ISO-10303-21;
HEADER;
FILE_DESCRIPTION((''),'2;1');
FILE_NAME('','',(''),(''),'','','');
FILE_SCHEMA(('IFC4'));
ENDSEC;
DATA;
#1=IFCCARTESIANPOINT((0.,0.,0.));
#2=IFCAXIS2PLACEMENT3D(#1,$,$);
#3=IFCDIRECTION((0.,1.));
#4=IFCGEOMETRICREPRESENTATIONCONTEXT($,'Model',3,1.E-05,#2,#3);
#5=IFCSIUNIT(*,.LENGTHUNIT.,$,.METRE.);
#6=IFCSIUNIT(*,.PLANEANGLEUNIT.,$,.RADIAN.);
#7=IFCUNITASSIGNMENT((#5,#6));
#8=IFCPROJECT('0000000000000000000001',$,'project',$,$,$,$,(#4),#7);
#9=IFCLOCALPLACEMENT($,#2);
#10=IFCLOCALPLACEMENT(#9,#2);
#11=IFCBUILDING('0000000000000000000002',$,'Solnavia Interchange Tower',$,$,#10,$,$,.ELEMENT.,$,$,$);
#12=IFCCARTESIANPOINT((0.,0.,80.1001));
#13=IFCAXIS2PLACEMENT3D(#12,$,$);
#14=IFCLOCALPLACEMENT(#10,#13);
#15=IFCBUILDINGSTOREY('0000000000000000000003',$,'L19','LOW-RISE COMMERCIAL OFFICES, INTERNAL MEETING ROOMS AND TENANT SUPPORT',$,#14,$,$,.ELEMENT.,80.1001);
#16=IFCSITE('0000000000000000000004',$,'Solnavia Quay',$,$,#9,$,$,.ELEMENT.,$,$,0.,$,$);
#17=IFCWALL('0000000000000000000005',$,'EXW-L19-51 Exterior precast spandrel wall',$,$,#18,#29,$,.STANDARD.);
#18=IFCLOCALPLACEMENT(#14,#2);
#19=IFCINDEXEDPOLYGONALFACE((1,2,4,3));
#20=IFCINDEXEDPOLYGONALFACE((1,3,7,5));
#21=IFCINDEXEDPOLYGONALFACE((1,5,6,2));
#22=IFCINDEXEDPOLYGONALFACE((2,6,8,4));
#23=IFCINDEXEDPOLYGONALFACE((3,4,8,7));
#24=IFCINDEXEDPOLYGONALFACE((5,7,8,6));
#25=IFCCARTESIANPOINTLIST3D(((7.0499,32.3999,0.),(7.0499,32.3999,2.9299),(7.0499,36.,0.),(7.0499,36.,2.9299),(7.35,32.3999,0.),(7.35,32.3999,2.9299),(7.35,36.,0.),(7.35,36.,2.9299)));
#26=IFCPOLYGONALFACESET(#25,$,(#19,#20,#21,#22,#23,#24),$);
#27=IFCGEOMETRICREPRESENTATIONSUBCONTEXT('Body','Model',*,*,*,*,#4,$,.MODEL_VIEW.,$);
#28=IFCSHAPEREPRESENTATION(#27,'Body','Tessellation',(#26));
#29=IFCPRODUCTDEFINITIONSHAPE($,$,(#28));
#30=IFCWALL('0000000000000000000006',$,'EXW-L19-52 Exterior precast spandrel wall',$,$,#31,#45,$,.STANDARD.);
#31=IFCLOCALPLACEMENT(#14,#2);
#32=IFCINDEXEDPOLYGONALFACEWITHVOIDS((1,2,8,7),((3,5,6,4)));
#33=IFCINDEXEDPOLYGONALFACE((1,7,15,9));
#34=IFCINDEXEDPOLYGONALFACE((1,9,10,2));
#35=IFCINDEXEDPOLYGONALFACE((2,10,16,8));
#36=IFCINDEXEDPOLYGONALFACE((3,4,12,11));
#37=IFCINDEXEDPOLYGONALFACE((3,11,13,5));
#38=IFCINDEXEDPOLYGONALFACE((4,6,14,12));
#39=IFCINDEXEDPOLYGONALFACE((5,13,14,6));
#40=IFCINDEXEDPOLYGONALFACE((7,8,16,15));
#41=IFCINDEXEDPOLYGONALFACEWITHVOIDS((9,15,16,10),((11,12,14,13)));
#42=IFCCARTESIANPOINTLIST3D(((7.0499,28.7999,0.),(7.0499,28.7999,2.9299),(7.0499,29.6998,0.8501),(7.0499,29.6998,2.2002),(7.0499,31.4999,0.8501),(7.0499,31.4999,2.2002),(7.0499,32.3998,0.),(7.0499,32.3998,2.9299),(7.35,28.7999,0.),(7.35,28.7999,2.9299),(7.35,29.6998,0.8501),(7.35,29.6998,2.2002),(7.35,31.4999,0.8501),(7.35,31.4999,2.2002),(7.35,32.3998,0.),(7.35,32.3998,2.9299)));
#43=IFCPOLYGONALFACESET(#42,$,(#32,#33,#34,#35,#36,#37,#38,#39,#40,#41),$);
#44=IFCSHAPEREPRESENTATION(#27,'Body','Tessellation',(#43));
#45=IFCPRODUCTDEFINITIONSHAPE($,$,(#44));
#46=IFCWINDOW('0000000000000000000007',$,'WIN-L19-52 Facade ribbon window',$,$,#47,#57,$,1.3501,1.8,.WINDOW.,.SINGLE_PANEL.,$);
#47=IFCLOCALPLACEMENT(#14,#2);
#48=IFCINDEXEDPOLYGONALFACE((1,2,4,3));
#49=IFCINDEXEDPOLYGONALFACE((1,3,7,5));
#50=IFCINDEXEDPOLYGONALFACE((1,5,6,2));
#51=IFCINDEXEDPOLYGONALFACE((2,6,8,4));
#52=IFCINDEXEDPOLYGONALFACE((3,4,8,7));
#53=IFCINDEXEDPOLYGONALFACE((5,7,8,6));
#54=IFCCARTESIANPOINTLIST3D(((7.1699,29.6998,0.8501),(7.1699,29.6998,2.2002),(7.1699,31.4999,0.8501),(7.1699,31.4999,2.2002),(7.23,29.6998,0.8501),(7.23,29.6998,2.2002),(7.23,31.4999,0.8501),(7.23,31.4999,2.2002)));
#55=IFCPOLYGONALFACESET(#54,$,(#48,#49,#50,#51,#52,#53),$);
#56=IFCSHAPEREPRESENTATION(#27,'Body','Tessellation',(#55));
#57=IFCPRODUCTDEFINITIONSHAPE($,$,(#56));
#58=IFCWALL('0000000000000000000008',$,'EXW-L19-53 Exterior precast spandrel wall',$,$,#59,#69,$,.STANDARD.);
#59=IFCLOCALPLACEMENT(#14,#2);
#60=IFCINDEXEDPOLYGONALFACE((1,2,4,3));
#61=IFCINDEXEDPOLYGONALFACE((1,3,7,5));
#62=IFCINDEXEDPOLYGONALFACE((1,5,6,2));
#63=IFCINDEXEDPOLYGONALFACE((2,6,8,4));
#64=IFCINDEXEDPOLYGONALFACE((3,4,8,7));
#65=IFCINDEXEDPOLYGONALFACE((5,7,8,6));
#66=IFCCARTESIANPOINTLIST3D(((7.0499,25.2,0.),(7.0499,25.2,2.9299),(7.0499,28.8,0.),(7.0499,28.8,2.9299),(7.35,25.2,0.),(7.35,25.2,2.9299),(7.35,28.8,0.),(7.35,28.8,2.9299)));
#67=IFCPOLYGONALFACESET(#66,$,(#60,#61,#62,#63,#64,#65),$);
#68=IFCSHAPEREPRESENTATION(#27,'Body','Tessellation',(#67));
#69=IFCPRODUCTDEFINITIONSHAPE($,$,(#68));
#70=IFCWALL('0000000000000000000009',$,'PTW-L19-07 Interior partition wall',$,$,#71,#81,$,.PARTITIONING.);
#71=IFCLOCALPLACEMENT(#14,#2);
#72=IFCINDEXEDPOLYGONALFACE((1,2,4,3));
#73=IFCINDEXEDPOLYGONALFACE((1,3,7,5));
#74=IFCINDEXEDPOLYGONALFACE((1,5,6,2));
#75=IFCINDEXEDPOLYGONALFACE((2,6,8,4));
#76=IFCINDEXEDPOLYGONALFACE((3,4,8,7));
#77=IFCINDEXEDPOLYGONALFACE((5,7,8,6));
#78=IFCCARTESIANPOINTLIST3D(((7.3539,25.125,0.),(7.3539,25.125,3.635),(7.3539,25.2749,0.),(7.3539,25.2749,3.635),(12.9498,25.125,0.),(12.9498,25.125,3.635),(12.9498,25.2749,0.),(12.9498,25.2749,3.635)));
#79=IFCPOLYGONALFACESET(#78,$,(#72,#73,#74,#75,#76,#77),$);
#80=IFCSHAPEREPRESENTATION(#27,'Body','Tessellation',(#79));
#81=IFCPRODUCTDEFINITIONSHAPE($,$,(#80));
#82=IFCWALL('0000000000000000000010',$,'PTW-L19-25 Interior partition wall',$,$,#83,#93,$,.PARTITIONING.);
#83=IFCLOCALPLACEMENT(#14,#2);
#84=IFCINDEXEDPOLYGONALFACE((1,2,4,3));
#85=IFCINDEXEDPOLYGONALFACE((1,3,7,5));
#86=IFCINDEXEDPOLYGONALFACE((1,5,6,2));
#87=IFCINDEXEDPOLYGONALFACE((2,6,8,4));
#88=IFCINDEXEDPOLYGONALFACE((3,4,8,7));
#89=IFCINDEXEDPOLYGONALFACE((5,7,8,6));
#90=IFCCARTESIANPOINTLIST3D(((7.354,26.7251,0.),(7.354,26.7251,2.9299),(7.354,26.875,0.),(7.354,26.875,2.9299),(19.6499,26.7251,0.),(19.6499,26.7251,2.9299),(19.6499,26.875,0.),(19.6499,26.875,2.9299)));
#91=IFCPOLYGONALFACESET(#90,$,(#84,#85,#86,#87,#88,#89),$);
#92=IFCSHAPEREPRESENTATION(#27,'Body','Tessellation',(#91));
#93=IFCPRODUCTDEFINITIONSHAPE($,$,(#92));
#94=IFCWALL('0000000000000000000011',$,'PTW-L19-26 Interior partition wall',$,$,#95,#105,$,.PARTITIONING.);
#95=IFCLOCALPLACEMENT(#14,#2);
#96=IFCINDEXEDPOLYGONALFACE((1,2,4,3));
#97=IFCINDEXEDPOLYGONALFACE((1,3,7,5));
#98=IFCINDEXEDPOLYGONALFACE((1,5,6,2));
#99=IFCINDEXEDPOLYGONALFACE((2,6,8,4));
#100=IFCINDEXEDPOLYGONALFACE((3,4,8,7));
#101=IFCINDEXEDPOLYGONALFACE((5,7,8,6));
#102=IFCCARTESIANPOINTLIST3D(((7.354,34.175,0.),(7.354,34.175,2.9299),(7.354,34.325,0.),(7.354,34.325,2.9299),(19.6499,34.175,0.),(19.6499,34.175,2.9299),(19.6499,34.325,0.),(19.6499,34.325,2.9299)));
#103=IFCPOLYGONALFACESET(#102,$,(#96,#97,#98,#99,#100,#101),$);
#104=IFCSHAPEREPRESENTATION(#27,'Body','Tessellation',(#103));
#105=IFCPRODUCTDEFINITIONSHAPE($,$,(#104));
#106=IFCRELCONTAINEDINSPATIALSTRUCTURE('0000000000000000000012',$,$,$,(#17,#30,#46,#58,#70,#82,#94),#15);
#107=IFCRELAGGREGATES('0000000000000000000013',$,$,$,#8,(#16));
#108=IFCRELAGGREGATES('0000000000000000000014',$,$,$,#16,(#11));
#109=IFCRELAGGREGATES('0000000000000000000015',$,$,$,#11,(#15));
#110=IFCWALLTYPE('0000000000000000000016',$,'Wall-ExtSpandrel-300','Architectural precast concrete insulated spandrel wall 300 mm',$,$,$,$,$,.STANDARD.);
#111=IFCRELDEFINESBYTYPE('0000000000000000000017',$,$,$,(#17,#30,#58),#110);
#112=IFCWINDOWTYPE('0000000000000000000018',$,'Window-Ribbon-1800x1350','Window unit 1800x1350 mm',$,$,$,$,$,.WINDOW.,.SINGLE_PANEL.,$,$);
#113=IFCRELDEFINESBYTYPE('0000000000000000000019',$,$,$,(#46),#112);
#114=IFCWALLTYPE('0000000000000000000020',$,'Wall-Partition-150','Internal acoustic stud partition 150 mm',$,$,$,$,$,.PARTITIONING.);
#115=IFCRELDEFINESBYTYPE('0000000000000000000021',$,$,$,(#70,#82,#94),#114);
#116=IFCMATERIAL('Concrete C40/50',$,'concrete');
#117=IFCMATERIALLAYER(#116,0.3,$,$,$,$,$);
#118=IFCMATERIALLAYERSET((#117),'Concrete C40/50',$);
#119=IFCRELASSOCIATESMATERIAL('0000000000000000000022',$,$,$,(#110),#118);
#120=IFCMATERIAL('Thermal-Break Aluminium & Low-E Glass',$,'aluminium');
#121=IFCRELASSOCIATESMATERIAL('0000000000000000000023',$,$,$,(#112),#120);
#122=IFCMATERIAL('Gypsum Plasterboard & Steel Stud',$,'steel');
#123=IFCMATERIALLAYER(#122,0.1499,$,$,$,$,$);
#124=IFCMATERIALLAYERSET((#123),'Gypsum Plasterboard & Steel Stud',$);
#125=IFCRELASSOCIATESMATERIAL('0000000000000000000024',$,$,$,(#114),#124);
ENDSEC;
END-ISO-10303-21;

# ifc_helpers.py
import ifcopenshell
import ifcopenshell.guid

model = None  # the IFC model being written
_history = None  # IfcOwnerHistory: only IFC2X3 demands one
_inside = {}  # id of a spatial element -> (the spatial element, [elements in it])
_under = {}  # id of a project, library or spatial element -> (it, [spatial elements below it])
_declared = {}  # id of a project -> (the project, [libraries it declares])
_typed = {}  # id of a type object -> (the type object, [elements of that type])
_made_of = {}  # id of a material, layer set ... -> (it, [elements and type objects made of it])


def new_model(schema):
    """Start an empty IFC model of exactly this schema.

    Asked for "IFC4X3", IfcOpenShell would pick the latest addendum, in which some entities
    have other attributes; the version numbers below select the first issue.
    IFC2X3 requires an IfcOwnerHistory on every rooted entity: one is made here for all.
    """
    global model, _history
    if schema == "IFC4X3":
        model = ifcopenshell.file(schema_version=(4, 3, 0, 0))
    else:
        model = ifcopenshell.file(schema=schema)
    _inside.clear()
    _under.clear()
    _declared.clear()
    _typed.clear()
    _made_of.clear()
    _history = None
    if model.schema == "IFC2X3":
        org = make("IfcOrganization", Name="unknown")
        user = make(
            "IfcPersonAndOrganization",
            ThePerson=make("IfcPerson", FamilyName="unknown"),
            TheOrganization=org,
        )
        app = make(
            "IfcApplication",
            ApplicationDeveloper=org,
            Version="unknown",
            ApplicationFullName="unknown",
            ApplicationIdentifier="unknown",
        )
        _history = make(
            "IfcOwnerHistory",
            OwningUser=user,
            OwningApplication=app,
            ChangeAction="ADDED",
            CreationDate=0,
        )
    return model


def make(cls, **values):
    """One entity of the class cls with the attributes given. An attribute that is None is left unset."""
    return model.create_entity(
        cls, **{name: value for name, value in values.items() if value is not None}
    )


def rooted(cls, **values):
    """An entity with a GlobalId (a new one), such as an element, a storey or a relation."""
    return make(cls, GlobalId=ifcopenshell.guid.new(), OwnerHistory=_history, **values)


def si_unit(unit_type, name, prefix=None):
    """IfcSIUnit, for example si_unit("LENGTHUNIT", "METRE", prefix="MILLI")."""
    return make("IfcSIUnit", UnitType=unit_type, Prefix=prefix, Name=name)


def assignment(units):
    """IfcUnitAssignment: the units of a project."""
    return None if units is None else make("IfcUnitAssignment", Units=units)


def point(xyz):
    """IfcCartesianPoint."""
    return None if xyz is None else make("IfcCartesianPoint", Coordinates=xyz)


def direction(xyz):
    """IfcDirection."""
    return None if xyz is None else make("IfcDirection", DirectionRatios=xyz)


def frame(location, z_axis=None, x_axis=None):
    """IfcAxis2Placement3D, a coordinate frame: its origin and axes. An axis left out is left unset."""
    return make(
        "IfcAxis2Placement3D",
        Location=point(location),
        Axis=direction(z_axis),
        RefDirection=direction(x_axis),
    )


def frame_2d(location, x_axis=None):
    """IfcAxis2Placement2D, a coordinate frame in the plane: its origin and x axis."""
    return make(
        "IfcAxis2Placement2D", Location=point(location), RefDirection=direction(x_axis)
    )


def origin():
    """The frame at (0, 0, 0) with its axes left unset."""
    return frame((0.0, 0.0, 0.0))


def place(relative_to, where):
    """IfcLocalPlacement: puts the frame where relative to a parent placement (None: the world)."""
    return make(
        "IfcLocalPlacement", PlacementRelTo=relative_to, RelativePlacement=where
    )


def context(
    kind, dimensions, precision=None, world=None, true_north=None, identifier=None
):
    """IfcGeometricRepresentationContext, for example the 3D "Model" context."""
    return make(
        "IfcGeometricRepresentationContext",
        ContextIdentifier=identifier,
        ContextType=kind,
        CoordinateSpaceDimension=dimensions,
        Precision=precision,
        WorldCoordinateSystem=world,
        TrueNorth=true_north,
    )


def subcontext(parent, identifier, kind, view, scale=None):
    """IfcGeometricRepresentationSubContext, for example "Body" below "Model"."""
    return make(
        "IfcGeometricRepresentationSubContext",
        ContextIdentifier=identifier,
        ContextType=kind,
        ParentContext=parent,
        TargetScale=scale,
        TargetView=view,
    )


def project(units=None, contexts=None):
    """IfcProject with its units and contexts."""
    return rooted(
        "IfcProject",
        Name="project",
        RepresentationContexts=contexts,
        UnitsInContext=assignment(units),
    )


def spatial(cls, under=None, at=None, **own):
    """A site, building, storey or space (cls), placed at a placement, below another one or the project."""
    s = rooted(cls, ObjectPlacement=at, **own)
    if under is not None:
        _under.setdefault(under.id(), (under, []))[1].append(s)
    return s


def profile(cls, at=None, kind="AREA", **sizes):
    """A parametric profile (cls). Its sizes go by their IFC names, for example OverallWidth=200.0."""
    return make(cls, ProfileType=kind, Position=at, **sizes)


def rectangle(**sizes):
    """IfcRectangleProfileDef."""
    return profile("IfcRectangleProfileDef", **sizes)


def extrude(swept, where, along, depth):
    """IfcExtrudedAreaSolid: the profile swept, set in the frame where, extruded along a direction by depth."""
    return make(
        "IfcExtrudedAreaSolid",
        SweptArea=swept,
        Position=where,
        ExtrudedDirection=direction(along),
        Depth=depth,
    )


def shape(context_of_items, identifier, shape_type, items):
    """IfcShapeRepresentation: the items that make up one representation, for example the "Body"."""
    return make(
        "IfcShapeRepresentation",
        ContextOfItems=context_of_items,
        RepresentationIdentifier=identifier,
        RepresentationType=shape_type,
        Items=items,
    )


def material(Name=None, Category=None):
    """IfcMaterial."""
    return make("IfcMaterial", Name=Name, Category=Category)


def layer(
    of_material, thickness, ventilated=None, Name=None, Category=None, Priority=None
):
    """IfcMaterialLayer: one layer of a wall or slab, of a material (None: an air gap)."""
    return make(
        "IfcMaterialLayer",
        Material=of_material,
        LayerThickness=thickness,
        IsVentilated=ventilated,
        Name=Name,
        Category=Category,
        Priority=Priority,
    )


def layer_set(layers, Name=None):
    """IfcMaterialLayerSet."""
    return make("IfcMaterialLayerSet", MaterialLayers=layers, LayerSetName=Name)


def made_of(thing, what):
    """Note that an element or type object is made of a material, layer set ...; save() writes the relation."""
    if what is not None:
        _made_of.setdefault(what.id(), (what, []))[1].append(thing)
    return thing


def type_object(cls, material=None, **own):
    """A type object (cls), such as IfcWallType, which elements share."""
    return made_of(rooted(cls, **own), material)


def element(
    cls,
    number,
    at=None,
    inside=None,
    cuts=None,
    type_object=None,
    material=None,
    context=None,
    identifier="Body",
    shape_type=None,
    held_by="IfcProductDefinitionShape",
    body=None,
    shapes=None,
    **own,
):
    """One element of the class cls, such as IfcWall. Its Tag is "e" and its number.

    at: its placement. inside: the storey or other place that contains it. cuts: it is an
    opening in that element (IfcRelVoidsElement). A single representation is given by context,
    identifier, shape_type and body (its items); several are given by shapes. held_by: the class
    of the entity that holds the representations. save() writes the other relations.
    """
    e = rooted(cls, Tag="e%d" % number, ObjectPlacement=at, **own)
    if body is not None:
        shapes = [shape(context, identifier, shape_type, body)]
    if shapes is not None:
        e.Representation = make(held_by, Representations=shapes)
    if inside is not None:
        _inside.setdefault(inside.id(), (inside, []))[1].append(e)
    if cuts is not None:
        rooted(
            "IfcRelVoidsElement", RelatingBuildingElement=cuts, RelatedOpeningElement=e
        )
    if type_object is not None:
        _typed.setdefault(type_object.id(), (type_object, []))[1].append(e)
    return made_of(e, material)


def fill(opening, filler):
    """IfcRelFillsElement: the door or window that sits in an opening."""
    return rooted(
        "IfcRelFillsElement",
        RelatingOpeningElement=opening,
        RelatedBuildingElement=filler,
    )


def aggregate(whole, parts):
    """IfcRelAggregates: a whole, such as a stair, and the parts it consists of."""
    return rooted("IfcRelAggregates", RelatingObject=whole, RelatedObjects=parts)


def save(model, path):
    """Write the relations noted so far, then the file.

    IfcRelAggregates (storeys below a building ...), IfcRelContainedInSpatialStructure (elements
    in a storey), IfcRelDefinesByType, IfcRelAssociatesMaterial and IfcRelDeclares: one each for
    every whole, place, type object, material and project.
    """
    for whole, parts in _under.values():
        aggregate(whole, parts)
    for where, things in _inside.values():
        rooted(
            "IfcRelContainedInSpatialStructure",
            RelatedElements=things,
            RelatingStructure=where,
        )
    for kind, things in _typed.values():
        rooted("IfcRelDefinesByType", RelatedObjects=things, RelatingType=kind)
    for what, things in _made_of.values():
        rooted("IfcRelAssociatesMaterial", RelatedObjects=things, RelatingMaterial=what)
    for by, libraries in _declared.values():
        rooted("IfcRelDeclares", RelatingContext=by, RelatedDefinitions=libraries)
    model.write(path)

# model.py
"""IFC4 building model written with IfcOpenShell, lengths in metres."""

from ifc_helpers import new_model, si_unit, direction, frame, frame_2d, origin, place, context, subcontext, project, spatial, rectangle, extrude, material, layer, layer_set, type_object, element, fill, save


model = new_model("IFC4")

# Units and contexts
model_context = context("Model", 3, precision=1e-05, world=origin(), true_north=direction((0.0, 1.0)))
body_context = subcontext(model_context, "Body", "Model", "MODEL_VIEW")
ifc_project = project(units=[si_unit("LENGTHUNIT", "METRE"), si_unit("PLANEANGLEUNIT", "RADIAN")], contexts=[model_context])

# Site, building, storey
site_placement = place(None, origin())
site = spatial("IfcSite", under=ifc_project, at=site_placement, Name="Solnavia Quay", CompositionType="ELEMENT", RefElevation=0.0)
building_placement = place(site_placement, origin())
building = spatial("IfcBuilding", under=site, at=building_placement, Name="Solnavia Interchange Tower", CompositionType="ELEMENT")
storey_placement = place(building_placement, frame((0.0, 0.0, 80.1001)))
storey = spatial("IfcBuildingStorey", under=building, at=storey_placement, Name="L19", Description="LOW-RISE COMMERCIAL OFFICES, INTERNAL MEETING ROOMS AND TENANT SUPPORT", CompositionType="ELEMENT", Elevation=80.1001)

# Wall
ifc_material_1 = material(Name="Concrete C40/50", Category="concrete")
ifc_layer_1 = layer(ifc_material_1, 0.3)
ifc_layer_set_1 = layer_set([ifc_layer_1], Name="Concrete C40/50")
wall_type_1 = type_object("IfcWallType", Name="Wall-ExtSpandrel-300", Description="Architectural precast concrete insulated spandrel wall 300 mm", PredefinedType="STANDARD", material=ifc_layer_set_1)
wall_1_placement = place(storey_placement, frame((7.2, 32.3999, 0.0), z_axis=(0.0, 0.0, 1.0), x_axis=(0.0, 1.0, 0.0)))
element("IfcWall", 1, at=wall_1_placement, inside=storey, type_object=wall_type_1, Name="EXW-L19-51 Exterior precast spandrel wall", PredefinedType="STANDARD", context=body_context, shape_type="SweptSolid", body=[
    extrude(rectangle(XDim=3.6001, YDim=0.3, at=frame_2d((1.8, 0.0))), origin(), (0.0, 0.0, 1.0), 2.9299),
])

# Wall, opening, window
wall_2_placement = place(storey_placement, frame((7.2, 28.8, 0.0), z_axis=(0.0, 0.0, 1.0), x_axis=(0.0, 1.0, 0.0)))
wall_2 = element("IfcWall", 2, at=wall_2_placement, inside=storey, type_object=wall_type_1, Name="EXW-L19-52 Exterior precast spandrel wall", PredefinedType="STANDARD", context=body_context, shape_type="SweptSolid", body=[
    extrude(rectangle(XDim=3.5999, YDim=0.3, at=frame_2d((1.7998, 0.0))), origin(), (0.0, 0.0, 1.0), 2.9299),
])
opening_placement = place(wall_2_placement, frame((0.8999, 0.0, 0.8501)))
opening = element("IfcOpeningElement", 3, at=opening_placement, cuts=wall_2, PredefinedType="OPENING", context=body_context, shape_type="SweptSolid", body=[
    extrude(rectangle(XDim=1.8, YDim=1.3501, at=frame_2d((0.8999, 0.675))), frame((0.0, 0.1602, 0.0), z_axis=(0.0, -1.0, 0.0), x_axis=(1.0, 0.0, 0.0)), (0.0, 0.0, 1.0), 0.3201),
])
ifc_material_2 = material(Name="Thermal-Break Aluminium & Low-E Glass", Category="aluminium")
window_type = type_object("IfcWindowType", Name="Window-Ribbon-1800x1350", Description="Window unit 1800x1350 mm", PartitioningType="SINGLE_PANEL", PredefinedType="WINDOW", material=ifc_material_2)
window_placement = place(opening_placement, origin())
window = element("IfcWindow", 4, at=window_placement, inside=storey, type_object=window_type, Name="WIN-L19-52 Facade ribbon window", OverallHeight=1.3501, OverallWidth=1.8, PartitioningType="SINGLE_PANEL", PredefinedType="WINDOW", context=body_context, shape_type="SweptSolid", body=[
    extrude(rectangle(XDim=1.8, YDim=1.3501, at=frame_2d((0.8999, 0.675))), frame((0.0, 0.03, 0.0), z_axis=(0.0, -1.0, 0.0), x_axis=(1.0, 0.0, 0.0)), (0.0, 0.0, 1.0), 0.0601),
])
fill(opening, window)

# Walls
wall_3_placement = place(storey_placement, frame((7.2, 25.2, 0.0), z_axis=(0.0, 0.0, 1.0), x_axis=(0.0, 1.0, 0.0)))
element("IfcWall", 5, at=wall_3_placement, inside=storey, type_object=wall_type_1, Name="EXW-L19-53 Exterior precast spandrel wall", PredefinedType="STANDARD", context=body_context, shape_type="SweptSolid", body=[
    extrude(rectangle(XDim=3.6001, YDim=0.3, at=frame_2d((1.8, 0.0))), origin(), (0.0, 0.0, 1.0), 2.9299),
])
ifc_material_3 = material(Name="Gypsum Plasterboard & Steel Stud", Category="steel")
ifc_layer_2 = layer(ifc_material_3, 0.1499)
ifc_layer_set_2 = layer_set([ifc_layer_2], Name="Gypsum Plasterboard & Steel Stud")
wall_type_2 = type_object("IfcWallType", Name="Wall-Partition-150", Description="Internal acoustic stud partition 150 mm", PredefinedType="PARTITIONING", material=ifc_layer_set_2)
wall_4_placement = place(storey_placement, frame((7.354, 25.2, 0.0), z_axis=(0.0, 0.0, 1.0), x_axis=(1.0, 0.0, 0.0)))
element("IfcWall", 6, at=wall_4_placement, inside=storey, type_object=wall_type_2, Name="PTW-L19-07 Interior partition wall", PredefinedType="PARTITIONING", context=body_context, shape_type="SweptSolid", body=[
    extrude(rectangle(XDim=5.5959, YDim=0.1499, at=frame_2d((2.7979, 0.0))), origin(), (0.0, 0.0, 1.0), 3.635),
])
for number, where, z_axis, x_axis, name in (
    (7, (7.354, 26.8, 0.0), (0.0, 0.0, 1.0), (1.0, 0.0, 0.0), "PTW-L19-25 Interior partition wall"),
    (8, (7.354, 34.25, 0.0), (0.0, 0.0, 1.0), (1.0, 0.0, 0.0), "PTW-L19-26 Interior partition wall"),
):
    element("IfcWall", number, at=place(storey_placement, frame(where, z_axis=z_axis, x_axis=x_axis)), inside=storey, type_object=wall_type_2, Name=name, PredefinedType="PARTITIONING", context=body_context, shape_type="SweptSolid", body=[
        extrude(rectangle(XDim=12.2959, YDim=0.1499, at=frame_2d((6.1479, 0.0))), origin(), (0.0, 0.0, 1.0), 2.9299),
    ])

save(model, "model.ifc")
